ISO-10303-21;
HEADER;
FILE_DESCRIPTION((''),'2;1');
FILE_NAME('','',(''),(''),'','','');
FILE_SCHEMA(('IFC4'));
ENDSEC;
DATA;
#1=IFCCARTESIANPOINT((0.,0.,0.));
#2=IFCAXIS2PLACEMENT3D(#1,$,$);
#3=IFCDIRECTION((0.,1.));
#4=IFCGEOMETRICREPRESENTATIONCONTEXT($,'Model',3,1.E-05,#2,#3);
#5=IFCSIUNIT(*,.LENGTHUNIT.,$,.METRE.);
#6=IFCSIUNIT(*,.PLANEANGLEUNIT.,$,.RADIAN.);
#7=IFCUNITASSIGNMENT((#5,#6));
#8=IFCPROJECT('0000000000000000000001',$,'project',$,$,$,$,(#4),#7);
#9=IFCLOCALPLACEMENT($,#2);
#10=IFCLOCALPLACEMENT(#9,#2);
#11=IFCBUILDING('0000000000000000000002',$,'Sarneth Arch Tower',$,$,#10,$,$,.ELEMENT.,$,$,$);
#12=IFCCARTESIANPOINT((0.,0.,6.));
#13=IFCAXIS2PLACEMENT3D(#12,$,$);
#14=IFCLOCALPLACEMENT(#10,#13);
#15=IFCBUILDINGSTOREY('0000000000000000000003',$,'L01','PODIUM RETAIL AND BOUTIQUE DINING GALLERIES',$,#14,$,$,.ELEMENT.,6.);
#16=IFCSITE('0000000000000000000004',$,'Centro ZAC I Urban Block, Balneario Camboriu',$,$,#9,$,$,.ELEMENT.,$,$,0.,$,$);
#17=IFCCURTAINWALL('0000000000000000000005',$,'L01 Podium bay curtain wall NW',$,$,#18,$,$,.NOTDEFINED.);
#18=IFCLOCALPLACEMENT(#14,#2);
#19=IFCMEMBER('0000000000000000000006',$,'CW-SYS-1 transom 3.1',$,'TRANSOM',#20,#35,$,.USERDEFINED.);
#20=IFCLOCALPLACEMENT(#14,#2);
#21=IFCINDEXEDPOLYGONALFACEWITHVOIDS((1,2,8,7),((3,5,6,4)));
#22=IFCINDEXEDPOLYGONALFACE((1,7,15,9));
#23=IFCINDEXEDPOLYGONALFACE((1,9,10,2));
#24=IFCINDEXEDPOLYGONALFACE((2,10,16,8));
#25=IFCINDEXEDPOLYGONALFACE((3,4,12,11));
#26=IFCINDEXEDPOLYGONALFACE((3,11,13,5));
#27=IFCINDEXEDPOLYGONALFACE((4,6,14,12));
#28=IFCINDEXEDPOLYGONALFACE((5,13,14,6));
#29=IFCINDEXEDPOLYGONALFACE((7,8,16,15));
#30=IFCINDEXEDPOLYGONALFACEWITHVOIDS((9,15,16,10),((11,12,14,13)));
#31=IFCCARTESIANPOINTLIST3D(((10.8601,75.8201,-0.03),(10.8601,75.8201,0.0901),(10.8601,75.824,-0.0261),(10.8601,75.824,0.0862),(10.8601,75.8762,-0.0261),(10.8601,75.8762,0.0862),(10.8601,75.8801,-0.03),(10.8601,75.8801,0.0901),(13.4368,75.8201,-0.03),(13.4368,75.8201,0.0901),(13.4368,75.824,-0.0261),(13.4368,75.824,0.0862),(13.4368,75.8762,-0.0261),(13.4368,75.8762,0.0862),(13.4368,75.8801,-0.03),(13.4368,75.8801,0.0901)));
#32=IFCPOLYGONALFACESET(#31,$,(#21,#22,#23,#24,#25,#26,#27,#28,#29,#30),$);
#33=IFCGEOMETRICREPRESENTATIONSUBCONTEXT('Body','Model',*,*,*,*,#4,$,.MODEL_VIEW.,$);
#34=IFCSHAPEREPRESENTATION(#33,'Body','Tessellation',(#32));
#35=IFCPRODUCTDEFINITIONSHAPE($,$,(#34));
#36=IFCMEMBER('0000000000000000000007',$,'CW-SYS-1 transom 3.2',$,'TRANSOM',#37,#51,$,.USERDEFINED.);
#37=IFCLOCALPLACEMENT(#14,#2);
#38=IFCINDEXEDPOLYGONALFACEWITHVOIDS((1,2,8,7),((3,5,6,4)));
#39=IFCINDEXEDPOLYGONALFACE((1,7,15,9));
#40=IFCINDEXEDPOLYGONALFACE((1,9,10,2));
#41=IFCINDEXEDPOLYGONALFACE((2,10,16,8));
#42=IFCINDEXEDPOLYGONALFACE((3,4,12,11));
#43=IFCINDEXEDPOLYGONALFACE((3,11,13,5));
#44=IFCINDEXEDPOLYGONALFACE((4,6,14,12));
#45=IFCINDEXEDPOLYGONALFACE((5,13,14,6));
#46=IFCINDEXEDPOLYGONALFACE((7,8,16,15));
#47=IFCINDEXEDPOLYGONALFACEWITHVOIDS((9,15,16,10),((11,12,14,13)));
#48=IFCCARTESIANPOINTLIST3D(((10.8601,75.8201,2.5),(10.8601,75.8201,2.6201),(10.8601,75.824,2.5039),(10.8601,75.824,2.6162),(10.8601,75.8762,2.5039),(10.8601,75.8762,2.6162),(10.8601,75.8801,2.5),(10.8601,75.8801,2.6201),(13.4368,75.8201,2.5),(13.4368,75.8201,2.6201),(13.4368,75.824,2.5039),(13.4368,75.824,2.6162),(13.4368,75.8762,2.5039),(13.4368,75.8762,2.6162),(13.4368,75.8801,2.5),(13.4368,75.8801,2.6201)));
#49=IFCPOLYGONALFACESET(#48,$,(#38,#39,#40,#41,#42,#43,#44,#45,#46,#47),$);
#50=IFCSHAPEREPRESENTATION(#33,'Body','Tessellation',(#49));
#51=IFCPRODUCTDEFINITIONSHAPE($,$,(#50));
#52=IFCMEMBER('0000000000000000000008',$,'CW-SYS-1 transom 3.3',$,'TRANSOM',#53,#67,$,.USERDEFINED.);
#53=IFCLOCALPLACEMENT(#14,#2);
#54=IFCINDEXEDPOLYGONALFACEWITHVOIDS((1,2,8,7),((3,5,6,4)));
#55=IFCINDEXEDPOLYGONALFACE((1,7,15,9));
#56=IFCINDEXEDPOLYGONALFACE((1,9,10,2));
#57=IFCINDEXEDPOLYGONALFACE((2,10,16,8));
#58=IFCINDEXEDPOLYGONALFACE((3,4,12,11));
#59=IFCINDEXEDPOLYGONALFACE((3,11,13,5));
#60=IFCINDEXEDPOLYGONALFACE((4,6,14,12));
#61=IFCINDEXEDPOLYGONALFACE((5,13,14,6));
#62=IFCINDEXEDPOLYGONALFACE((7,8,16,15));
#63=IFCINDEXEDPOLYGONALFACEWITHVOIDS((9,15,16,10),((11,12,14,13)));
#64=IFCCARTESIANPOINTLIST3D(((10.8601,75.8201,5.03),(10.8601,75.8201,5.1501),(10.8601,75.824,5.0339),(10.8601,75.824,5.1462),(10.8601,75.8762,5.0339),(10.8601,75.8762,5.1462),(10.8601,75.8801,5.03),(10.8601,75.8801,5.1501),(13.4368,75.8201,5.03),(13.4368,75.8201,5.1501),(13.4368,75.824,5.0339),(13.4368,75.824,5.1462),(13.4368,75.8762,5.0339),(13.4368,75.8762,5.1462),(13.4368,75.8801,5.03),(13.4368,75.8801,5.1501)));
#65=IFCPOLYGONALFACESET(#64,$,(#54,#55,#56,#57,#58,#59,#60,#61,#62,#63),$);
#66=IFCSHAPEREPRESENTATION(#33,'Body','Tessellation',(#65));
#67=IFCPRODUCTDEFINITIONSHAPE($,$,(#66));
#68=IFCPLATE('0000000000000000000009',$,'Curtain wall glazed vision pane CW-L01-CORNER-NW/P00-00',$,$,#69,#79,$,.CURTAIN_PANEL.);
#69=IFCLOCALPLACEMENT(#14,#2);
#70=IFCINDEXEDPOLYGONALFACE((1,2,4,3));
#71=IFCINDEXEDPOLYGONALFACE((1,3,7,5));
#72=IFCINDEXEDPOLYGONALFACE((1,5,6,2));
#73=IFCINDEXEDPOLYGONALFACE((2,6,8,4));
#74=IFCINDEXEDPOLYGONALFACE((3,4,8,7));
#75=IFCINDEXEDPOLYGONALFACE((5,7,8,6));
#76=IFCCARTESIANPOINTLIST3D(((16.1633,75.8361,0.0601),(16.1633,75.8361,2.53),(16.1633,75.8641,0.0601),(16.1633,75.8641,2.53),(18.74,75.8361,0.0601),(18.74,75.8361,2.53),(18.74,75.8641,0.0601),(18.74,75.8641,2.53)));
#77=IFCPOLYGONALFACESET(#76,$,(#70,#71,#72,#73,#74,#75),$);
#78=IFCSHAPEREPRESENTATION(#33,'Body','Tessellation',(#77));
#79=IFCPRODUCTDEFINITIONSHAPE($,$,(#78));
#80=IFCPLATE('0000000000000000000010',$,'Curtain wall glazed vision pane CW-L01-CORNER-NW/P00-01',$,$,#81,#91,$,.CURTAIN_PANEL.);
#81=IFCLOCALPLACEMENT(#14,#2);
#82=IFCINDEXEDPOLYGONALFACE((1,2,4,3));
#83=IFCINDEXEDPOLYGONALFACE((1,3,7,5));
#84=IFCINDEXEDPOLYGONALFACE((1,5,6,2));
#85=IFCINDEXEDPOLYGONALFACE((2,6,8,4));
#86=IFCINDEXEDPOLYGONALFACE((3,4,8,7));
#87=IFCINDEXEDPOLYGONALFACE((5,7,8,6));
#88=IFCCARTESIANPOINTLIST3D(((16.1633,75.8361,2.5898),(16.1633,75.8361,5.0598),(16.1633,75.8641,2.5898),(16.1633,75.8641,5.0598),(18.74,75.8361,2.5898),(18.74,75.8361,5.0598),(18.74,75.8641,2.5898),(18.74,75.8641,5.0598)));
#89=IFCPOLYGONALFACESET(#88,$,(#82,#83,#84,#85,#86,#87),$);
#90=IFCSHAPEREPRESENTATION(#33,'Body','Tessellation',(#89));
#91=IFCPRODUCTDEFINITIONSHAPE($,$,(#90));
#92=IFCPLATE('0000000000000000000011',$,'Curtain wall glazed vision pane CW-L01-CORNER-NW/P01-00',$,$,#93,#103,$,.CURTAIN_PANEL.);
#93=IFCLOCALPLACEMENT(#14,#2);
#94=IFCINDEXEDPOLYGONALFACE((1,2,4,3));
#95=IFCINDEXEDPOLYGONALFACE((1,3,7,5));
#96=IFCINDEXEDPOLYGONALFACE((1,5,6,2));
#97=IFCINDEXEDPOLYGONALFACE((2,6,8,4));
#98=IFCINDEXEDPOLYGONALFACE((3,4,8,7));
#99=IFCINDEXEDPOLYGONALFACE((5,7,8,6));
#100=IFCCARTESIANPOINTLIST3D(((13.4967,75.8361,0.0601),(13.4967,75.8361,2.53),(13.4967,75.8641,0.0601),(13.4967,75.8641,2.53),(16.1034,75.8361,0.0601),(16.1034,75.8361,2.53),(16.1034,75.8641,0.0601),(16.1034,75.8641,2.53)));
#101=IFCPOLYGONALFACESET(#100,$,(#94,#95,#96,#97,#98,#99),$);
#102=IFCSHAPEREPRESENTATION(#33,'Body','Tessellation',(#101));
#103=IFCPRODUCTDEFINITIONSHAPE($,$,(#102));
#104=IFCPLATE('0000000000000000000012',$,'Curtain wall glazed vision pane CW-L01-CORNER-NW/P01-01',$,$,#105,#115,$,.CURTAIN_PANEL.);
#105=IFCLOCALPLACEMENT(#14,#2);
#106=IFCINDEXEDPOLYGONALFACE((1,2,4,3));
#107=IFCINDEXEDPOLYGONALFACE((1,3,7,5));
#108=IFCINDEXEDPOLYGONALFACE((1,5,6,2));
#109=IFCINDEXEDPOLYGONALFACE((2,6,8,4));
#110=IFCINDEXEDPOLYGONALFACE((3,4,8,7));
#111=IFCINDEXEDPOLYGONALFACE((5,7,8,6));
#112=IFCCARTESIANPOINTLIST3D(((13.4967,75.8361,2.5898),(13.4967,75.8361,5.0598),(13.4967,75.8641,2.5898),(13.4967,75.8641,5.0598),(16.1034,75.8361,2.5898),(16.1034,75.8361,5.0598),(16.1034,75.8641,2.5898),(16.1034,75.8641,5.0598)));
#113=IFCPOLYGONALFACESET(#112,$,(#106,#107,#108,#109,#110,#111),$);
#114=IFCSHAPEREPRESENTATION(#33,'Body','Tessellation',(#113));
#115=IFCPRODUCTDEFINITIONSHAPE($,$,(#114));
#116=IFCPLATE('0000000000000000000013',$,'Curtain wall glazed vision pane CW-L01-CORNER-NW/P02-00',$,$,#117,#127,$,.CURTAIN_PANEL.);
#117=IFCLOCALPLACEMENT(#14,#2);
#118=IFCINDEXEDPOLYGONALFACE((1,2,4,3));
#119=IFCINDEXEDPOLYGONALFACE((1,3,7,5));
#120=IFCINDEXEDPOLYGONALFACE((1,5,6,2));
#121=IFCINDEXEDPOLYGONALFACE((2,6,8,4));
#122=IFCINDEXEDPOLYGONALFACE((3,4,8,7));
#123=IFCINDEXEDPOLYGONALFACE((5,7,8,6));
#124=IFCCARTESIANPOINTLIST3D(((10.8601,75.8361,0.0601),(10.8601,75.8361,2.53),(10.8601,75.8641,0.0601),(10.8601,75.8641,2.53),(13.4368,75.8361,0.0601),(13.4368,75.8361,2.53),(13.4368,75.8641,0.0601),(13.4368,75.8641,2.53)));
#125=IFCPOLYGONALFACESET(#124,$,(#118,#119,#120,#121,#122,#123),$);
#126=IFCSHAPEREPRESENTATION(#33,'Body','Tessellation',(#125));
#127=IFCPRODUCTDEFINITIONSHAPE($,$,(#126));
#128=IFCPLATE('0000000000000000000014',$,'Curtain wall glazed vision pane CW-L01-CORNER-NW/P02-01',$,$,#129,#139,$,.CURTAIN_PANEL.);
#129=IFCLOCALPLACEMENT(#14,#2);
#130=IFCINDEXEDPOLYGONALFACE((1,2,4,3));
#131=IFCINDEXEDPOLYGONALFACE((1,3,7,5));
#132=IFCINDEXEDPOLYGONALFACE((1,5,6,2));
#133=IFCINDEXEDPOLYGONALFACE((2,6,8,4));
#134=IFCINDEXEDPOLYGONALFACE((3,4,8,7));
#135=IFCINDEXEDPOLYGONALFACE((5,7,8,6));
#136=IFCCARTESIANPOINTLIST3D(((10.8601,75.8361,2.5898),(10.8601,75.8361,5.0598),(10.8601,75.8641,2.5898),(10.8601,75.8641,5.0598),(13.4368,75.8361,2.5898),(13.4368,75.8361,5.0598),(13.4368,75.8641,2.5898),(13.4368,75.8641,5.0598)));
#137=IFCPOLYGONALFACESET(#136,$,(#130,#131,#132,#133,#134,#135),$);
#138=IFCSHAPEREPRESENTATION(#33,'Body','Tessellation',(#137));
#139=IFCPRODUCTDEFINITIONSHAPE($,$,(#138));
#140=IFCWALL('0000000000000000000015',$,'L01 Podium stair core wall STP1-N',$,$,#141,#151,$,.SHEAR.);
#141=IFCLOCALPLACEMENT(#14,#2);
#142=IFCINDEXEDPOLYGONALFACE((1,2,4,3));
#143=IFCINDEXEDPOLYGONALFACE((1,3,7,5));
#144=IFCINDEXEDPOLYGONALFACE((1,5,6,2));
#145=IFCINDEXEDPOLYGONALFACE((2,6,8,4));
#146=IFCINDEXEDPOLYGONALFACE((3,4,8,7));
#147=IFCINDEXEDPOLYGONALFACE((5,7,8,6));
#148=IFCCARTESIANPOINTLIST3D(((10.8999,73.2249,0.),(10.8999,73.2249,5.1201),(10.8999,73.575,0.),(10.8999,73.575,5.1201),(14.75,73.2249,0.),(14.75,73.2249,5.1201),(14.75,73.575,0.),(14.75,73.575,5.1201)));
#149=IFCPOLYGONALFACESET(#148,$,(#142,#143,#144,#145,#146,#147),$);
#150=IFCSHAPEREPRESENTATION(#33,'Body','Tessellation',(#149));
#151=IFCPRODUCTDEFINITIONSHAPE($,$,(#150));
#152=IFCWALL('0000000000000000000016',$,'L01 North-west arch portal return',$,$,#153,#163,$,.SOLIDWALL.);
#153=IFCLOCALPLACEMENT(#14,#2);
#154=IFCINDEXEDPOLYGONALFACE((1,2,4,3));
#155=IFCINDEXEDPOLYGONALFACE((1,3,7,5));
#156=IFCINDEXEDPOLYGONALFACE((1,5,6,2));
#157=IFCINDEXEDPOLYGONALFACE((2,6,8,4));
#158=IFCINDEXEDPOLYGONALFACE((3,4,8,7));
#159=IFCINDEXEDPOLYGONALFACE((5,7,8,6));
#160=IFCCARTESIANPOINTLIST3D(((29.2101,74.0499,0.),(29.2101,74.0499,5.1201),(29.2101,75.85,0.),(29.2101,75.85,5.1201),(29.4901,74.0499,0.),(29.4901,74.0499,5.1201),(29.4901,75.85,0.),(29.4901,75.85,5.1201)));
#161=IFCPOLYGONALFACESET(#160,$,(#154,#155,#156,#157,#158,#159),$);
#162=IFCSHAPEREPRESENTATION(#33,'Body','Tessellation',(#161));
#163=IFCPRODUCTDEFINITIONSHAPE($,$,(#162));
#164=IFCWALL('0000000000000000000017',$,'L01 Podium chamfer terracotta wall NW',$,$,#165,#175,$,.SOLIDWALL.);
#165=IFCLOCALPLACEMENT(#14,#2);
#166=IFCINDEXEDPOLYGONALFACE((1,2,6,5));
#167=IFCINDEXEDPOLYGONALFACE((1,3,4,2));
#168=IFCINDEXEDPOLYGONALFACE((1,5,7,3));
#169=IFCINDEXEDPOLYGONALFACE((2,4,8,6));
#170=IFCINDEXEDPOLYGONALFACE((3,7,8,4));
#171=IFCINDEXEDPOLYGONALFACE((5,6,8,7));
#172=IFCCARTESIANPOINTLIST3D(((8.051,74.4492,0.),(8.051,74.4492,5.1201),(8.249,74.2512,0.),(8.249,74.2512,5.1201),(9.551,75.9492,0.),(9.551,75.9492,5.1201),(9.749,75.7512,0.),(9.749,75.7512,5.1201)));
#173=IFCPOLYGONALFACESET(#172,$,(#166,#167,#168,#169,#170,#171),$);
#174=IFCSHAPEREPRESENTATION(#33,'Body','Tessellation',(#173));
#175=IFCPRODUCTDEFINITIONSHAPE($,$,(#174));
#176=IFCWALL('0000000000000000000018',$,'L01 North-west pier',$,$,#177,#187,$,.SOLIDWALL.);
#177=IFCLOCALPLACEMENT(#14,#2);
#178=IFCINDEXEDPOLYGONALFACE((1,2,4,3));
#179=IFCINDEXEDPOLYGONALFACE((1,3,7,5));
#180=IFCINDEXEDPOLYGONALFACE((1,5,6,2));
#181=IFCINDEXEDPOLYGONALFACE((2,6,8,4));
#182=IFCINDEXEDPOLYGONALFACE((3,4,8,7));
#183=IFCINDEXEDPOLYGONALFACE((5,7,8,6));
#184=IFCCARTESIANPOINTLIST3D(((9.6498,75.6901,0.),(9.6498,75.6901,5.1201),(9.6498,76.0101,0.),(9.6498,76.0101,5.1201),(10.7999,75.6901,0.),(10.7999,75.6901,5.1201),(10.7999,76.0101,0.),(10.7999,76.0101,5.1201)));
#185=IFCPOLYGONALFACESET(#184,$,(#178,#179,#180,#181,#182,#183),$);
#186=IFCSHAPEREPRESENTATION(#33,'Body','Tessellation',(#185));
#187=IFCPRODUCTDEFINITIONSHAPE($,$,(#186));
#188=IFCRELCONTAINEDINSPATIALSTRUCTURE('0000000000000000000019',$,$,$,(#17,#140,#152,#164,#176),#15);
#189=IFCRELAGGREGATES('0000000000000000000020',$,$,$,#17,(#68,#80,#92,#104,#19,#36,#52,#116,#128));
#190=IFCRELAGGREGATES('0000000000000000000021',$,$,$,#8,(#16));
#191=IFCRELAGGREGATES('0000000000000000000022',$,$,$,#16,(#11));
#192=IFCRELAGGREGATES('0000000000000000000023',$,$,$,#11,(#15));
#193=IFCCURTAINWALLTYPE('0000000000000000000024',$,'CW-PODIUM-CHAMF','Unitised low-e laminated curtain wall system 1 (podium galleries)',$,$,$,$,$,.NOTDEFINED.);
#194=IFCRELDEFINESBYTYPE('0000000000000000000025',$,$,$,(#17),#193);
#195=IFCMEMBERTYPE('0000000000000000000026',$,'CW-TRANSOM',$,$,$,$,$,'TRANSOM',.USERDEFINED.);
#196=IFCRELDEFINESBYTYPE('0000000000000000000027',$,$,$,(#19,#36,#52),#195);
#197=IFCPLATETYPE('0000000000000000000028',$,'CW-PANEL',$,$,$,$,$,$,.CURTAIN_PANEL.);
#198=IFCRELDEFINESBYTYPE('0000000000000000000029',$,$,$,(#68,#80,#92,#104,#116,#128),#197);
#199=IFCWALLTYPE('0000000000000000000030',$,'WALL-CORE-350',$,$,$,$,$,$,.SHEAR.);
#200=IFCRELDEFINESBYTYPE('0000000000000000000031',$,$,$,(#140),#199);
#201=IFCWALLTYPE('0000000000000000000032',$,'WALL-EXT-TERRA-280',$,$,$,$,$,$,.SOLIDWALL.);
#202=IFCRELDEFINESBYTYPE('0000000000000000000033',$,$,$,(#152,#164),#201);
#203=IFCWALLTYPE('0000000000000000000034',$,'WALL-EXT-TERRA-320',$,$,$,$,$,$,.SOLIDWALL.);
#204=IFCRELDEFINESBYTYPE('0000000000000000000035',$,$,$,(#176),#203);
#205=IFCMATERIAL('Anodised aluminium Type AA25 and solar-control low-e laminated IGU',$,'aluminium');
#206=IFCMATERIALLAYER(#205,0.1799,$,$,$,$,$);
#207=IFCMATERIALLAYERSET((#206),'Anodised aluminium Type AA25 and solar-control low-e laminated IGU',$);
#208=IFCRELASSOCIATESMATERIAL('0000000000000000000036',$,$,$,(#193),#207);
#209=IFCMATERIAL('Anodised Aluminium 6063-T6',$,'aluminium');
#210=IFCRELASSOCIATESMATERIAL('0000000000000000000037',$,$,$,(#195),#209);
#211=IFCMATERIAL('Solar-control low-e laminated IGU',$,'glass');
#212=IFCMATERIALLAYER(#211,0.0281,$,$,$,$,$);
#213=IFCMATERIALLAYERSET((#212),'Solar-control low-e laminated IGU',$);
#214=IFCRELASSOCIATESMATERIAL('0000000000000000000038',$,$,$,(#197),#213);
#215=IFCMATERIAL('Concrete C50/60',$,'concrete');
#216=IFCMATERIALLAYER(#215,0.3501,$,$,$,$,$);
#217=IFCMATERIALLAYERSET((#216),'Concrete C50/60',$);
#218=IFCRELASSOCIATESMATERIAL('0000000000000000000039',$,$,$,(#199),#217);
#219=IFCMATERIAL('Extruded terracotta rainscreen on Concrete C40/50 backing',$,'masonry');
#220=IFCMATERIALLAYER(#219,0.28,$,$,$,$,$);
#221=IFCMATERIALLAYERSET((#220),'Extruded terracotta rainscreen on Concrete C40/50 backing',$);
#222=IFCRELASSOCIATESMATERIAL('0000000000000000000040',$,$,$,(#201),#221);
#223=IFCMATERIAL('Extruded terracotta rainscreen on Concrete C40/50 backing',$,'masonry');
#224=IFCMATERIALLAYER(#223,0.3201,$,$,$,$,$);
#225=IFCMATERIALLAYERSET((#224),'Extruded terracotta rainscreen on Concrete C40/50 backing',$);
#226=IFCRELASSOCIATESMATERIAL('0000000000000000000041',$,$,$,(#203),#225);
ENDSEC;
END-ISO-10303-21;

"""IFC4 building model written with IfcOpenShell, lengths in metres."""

from ifc_helpers import new_model, si_unit, direction, frame, frame_2d, origin, origin_2d, place, context, subcontext, project, spatial, rectangle, hollow_rectangle, extrude, material, layer, layer_set, material_profile, profile_set, type_object, element, aggregate, save


model = new_model("IFC4")

# Units and contexts
model_context = context("Model", 3, precision=1e-05, world=origin(), true_north=direction((0.0, 1.0)))
body_context = subcontext(model_context, "Body", "Model", "MODEL_VIEW")
ifc_project = project(units=[si_unit("LENGTHUNIT", "METRE"), si_unit("PLANEANGLEUNIT", "RADIAN")], contexts=[model_context])

# Site, building, storey
site_placement = place(None, origin())
site = spatial("IfcSite", under=ifc_project, at=site_placement, Name="Centro ZAC I Urban Block, Balneario Camboriu", CompositionType="ELEMENT", RefElevation=0.0)
building_placement = place(site_placement, origin())
building = spatial("IfcBuilding", under=site, at=building_placement, Name="Sarneth Arch Tower", CompositionType="ELEMENT")
storey_placement = place(building_placement, frame((0.0, 0.0, 6.0)))
storey = spatial("IfcBuildingStorey", under=building, at=storey_placement, Name="L01", Description="PODIUM RETAIL AND BOUTIQUE DINING GALLERIES", CompositionType="ELEMENT", Elevation=6.0)

# Curtain wall, members, plates
ifc_material_1 = material(Name="Anodised aluminium Type AA25 and solar-control low-e laminated IGU", Category="aluminium")
ifc_layer_1 = layer(ifc_material_1, 0.1799)
ifc_layer_set_1 = layer_set([ifc_layer_1], Name="Anodised aluminium Type AA25 and solar-control low-e laminated IGU")
curtain_wall_type_1 = type_object("IfcCurtainWallType", Name="CW-PODIUM-CHAMF", Description="Unitised low-e laminated curtain wall system 1 (podium galleries)", PredefinedType="NOTDEFINED", material=ifc_layer_set_1)
curtain_wall_1_placement = place(storey_placement, origin())
curtain_wall_1 = element("IfcCurtainWall", 1, at=curtain_wall_1_placement, inside=storey, type_object=curtain_wall_type_1, Name="L01 Podium bay curtain wall NW", PredefinedType="NOTDEFINED")
ifc_material_2 = material(Name="Anodised Aluminium 6063-T6", Category="aluminium")
ifc_material_profile_1 = material_profile(ifc_material_2, hollow_rectangle(XDim=0.0601, YDim=0.1201, WallThickness=0.0039, at=origin_2d()), Name="AL-TRAN-120x60x4")
ifc_profile_set_1 = profile_set([ifc_material_profile_1], Name="Anodised Aluminium 6063-T6")
member_type_1 = type_object("IfcMemberType", Name="CW-TRANSOM", ElementType="TRANSOM", PredefinedType="USERDEFINED", material=ifc_profile_set_1)
member_1_placement = place(storey_placement, frame((13.4368, 75.8501, 0.03), z_axis=(-1.0, 0.0, 0.0), x_axis=(0.0, -1.0, 0.0)))
member_1 = element("IfcMember", 2, at=member_1_placement, type_object=member_type_1, Name="CW-SYS-1 transom 3.1", ObjectType="TRANSOM", PredefinedType="USERDEFINED", context=body_context, shape_type="SweptSolid", body=[
    extrude(hollow_rectangle(XDim=0.0601, YDim=0.1201, WallThickness=0.0039, at=origin_2d()), origin(), (0.0, 0.0, 1.0), 2.5767),
])
member_2_placement = place(storey_placement, frame((13.4368, 75.8501, 2.5601), z_axis=(-1.0, 0.0, 0.0), x_axis=(0.0, -1.0, 0.0)))
member_2 = element("IfcMember", 3, at=member_2_placement, type_object=member_type_1, Name="CW-SYS-1 transom 3.2", ObjectType="TRANSOM", PredefinedType="USERDEFINED", context=body_context, shape_type="SweptSolid", body=[
    extrude(hollow_rectangle(XDim=0.0601, YDim=0.1201, WallThickness=0.0039, at=origin_2d()), origin(), (0.0, 0.0, 1.0), 2.5767),
])
member_3_placement = place(storey_placement, frame((13.4368, 75.8501, 5.0901), z_axis=(-1.0, 0.0, 0.0), x_axis=(0.0, -1.0, 0.0)))
member_3 = element("IfcMember", 4, at=member_3_placement, type_object=member_type_1, Name="CW-SYS-1 transom 3.3", ObjectType="TRANSOM", PredefinedType="USERDEFINED", context=body_context, shape_type="SweptSolid", body=[
    extrude(hollow_rectangle(XDim=0.0601, YDim=0.1201, WallThickness=0.0039, at=origin_2d()), origin(), (0.0, 0.0, 1.0), 2.5767),
])
ifc_material_3 = material(Name="Solar-control low-e laminated IGU", Category="glass")
ifc_layer_2 = layer(ifc_material_3, 0.0281)
ifc_layer_set_2 = layer_set([ifc_layer_2], Name="Solar-control low-e laminated IGU")
plate_type = type_object("IfcPlateType", Name="CW-PANEL", PredefinedType="CURTAIN_PANEL", material=ifc_layer_set_2)
plate_1_placement = place(storey_placement, frame((17.4517, 75.8501, 0.0601), z_axis=(0.0, 0.0, 1.0), x_axis=(-1.0, 0.0, 0.0)))
plate_1 = element("IfcPlate", 5, at=plate_1_placement, type_object=plate_type, Name="Curtain wall glazed vision pane CW-L01-CORNER-NW/P00-00", PredefinedType="CURTAIN_PANEL", context=body_context, shape_type="SweptSolid", body=[
    extrude(rectangle(XDim=2.5767, YDim=0.0281, at=origin_2d()), origin(), (0.0, 0.0, 1.0), 2.47),
])
plate_2_placement = place(storey_placement, frame((17.4517, 75.8501, 2.5898), z_axis=(0.0, 0.0, 1.0), x_axis=(-1.0, 0.0, 0.0)))
plate_2 = element("IfcPlate", 6, at=plate_2_placement, type_object=plate_type, Name="Curtain wall glazed vision pane CW-L01-CORNER-NW/P00-01", PredefinedType="CURTAIN_PANEL", context=body_context, shape_type="SweptSolid", body=[
    extrude(rectangle(XDim=2.5767, YDim=0.0281, at=origin_2d()), origin(), (0.0, 0.0, 1.0), 2.47),
])
plate_3_placement = place(storey_placement, frame((14.8, 75.8501, 0.0601), z_axis=(0.0, 0.0, 1.0), x_axis=(-1.0, 0.0, 0.0)))
plate_3 = element("IfcPlate", 7, at=plate_3_placement, type_object=plate_type, Name="Curtain wall glazed vision pane CW-L01-CORNER-NW/P01-00", PredefinedType="CURTAIN_PANEL", context=body_context, shape_type="SweptSolid", body=[
    extrude(rectangle(XDim=2.6067, YDim=0.0281, at=origin_2d()), origin(), (0.0, 0.0, 1.0), 2.47),
])
plate_4_placement = place(storey_placement, frame((14.8, 75.8501, 2.5898), z_axis=(0.0, 0.0, 1.0), x_axis=(-1.0, 0.0, 0.0)))
plate_4 = element("IfcPlate", 8, at=plate_4_placement, type_object=plate_type, Name="Curtain wall glazed vision pane CW-L01-CORNER-NW/P01-01", PredefinedType="CURTAIN_PANEL", context=body_context, shape_type="SweptSolid", body=[
    extrude(rectangle(XDim=2.6067, YDim=0.0281, at=origin_2d()), origin(), (0.0, 0.0, 1.0), 2.47),
])
plate_5_placement = place(storey_placement, frame((12.1484, 75.8501, 0.0601), z_axis=(0.0, 0.0, 1.0), x_axis=(-1.0, 0.0, 0.0)))
plate_5 = element("IfcPlate", 9, at=plate_5_placement, type_object=plate_type, Name="Curtain wall glazed vision pane CW-L01-CORNER-NW/P02-00", PredefinedType="CURTAIN_PANEL", context=body_context, shape_type="SweptSolid", body=[
    extrude(rectangle(XDim=2.5767, YDim=0.0281, at=origin_2d()), origin(), (0.0, 0.0, 1.0), 2.47),
])
plate_6_placement = place(storey_placement, frame((12.1484, 75.8501, 2.5898), z_axis=(0.0, 0.0, 1.0), x_axis=(-1.0, 0.0, 0.0)))
plate_6 = element("IfcPlate", 10, at=plate_6_placement, type_object=plate_type, Name="Curtain wall glazed vision pane CW-L01-CORNER-NW/P02-01", PredefinedType="CURTAIN_PANEL", context=body_context, shape_type="SweptSolid", body=[
    extrude(rectangle(XDim=2.5767, YDim=0.0281, at=origin_2d()), origin(), (0.0, 0.0, 1.0), 2.47),
])
aggregate(curtain_wall_1, [plate_1, plate_2, plate_3, plate_4, member_1, member_2, member_3, plate_5, plate_6])

# Walls
ifc_material_4 = material(Name="Concrete C50/60", Category="concrete")
ifc_layer_3 = layer(ifc_material_4, 0.3501)
ifc_layer_set_3 = layer_set([ifc_layer_3], Name="Concrete C50/60")
wall_type_1 = type_object("IfcWallType", Name="WALL-CORE-350", PredefinedType="SHEAR", material=ifc_layer_set_3)
wall_1_placement = place(storey_placement, frame((10.8999, 73.3999, 0.0), z_axis=(0.0, 0.0, 1.0), x_axis=(1.0, 0.0, 0.0)))
element("IfcWall", 11, at=wall_1_placement, inside=storey, type_object=wall_type_1, Name="L01 Podium stair core wall STP1-N", PredefinedType="SHEAR", context=body_context, shape_type="SweptSolid", body=[
    extrude(rectangle(XDim=3.8501, YDim=0.3501, at=frame_2d((1.925, 0.0))), origin(), (0.0, 0.0, 1.0), 5.1201),
])
ifc_material_5 = material(Name="Extruded terracotta rainscreen on Concrete C40/50 backing", Category="masonry")
ifc_layer_4 = layer(ifc_material_5, 0.28)
ifc_layer_set_4 = layer_set([ifc_layer_4], Name="Extruded terracotta rainscreen on Concrete C40/50 backing")
wall_type_2 = type_object("IfcWallType", Name="WALL-EXT-TERRA-280", PredefinedType="SOLIDWALL", material=ifc_layer_set_4)
wall_2_placement = place(storey_placement, frame((29.3501, 74.05, 0.0), z_axis=(0.0, 0.0, 1.0), x_axis=(0.0, 1.0, 0.0)))
element("IfcWall", 12, at=wall_2_placement, inside=storey, type_object=wall_type_2, Name="L01 North-west arch portal return", PredefinedType="SOLIDWALL", context=body_context, shape_type="SweptSolid", body=[
    extrude(rectangle(XDim=1.8, YDim=0.28, at=frame_2d((0.8999, 0.0))), origin(), (0.0, 0.0, 1.0), 5.1201),
])
wall_3_placement = place(storey_placement, frame((9.6499, 75.8501, 0.0), z_axis=(0.0, 0.0, 1.0), x_axis=(-0.707107, -0.707107, 0.0)))
element("IfcWall", 13, at=wall_3_placement, inside=storey, type_object=wall_type_2, Name="L01 Podium chamfer terracotta wall NW", PredefinedType="SOLIDWALL", context=body_context, shape_type="SweptSolid", body=[
    extrude(rectangle(XDim=2.1213, YDim=0.28, at=frame_2d((1.0605, 0.0))), origin(), (0.0, 0.0, 1.0), 5.1201),
])
ifc_material_6 = material(Name="Extruded terracotta rainscreen on Concrete C40/50 backing", Category="masonry")
ifc_layer_5 = layer(ifc_material_6, 0.3201)
ifc_layer_set_5 = layer_set([ifc_layer_5], Name="Extruded terracotta rainscreen on Concrete C40/50 backing")
wall_type_3 = type_object("IfcWallType", Name="WALL-EXT-TERRA-320", PredefinedType="SOLIDWALL", material=ifc_layer_set_5)
wall_4_placement = place(storey_placement, frame((10.8, 75.8501, 0.0), z_axis=(0.0, 0.0, 1.0), x_axis=(-1.0, 0.0, 0.0)))
element("IfcWall", 14, at=wall_4_placement, inside=storey, type_object=wall_type_3, Name="L01 North-west pier", PredefinedType="SOLIDWALL", context=body_context, shape_type="SweptSolid", body=[
    extrude(rectangle(XDim=1.1501, YDim=0.3201, at=frame_2d((0.5752, 0.0))), origin(), (0.0, 0.0, 1.0), 5.1201),
])

save(model, "model.ifc")
